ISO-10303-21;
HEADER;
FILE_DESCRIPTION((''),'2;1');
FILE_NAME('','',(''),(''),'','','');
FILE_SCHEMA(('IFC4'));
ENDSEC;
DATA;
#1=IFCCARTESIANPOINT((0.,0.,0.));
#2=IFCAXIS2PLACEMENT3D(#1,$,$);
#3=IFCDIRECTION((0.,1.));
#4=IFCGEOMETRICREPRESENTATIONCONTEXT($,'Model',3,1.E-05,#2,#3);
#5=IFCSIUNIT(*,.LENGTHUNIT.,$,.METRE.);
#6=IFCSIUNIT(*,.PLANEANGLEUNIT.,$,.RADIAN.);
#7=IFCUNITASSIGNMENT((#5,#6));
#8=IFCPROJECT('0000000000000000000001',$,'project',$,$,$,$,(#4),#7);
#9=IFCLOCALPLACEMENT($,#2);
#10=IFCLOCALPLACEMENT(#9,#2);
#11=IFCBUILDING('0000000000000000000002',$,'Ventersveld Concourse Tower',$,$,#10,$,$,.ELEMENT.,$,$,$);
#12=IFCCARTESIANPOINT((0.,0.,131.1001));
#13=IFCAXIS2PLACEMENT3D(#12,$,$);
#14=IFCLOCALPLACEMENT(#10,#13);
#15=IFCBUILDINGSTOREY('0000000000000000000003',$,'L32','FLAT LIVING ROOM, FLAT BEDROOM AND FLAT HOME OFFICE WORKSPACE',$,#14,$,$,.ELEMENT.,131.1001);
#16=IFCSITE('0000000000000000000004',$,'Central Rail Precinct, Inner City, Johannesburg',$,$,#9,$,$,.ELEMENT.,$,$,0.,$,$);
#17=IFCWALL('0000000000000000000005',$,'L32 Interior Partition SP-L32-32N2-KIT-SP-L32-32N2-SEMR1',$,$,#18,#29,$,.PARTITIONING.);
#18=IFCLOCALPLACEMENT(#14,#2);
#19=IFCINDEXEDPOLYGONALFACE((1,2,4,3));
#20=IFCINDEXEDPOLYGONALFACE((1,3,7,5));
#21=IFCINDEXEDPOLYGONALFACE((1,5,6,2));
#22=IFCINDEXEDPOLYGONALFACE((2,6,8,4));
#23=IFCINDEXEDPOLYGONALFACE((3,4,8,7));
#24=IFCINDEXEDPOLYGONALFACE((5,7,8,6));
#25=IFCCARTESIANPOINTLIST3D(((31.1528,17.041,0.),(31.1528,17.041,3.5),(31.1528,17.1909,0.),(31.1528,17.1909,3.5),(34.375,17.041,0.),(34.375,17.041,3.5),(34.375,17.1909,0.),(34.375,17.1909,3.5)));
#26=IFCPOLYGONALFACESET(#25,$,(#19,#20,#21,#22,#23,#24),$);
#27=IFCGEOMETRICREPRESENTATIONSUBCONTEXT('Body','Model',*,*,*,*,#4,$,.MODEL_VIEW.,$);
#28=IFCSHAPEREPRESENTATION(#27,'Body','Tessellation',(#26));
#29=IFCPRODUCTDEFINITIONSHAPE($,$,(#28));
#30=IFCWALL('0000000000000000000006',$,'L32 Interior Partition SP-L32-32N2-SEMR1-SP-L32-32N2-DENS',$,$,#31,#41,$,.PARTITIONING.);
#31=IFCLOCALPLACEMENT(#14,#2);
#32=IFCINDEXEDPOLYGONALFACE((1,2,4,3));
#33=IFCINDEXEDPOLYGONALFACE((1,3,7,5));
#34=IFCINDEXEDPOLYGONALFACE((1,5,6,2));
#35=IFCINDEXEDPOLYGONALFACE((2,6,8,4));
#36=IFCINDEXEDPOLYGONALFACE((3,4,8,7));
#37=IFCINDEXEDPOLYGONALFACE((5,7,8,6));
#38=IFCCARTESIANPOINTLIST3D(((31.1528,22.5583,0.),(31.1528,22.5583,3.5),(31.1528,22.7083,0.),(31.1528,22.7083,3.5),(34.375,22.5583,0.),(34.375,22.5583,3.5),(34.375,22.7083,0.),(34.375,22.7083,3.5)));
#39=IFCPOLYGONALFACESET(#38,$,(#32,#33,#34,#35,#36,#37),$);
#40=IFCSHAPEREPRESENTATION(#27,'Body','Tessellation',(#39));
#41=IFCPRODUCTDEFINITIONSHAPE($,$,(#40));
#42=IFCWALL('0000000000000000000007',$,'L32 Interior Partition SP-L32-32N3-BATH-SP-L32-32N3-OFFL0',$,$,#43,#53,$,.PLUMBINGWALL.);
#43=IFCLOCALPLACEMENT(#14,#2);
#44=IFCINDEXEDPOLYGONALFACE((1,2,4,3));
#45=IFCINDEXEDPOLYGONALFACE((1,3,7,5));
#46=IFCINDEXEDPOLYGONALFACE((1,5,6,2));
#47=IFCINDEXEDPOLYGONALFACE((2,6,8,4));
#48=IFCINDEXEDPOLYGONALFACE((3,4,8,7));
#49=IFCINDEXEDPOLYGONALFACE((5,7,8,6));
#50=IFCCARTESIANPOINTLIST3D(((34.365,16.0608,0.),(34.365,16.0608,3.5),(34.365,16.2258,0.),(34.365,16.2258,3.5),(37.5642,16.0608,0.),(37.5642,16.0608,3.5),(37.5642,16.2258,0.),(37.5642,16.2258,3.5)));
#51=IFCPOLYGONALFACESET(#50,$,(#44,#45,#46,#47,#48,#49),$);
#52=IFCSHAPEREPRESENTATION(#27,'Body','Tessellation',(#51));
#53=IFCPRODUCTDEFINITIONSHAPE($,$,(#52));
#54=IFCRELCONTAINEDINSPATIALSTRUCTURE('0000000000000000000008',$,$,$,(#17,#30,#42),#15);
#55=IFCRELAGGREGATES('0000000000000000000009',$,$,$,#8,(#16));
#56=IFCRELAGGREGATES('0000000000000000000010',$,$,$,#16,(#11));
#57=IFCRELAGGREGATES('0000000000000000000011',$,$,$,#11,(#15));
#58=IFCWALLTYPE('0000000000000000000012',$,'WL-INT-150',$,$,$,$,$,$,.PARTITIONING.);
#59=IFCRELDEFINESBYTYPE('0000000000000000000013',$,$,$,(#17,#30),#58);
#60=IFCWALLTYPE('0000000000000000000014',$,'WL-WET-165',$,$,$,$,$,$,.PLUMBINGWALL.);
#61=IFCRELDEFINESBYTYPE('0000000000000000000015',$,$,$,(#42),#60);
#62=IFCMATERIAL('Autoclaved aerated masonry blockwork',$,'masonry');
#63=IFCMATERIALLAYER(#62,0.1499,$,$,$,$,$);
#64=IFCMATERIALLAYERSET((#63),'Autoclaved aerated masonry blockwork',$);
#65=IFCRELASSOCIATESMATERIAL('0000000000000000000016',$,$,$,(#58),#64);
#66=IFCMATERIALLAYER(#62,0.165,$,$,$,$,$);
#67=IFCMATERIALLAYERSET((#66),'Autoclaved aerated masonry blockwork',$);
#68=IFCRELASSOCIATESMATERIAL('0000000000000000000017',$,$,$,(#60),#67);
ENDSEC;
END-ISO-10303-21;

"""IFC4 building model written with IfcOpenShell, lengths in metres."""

from ifc_helpers import new_model, si_unit, direction, frame, frame_2d, origin, place, context, subcontext, project, spatial, rectangle, extrude, material, layer, layer_set, type_object, element, save


model = new_model("IFC4")

# Units and contexts
model_context = context("Model", 3, precision=1e-05, world=origin(), true_north=direction((0.0, 1.0)))
body_context = subcontext(model_context, "Body", "Model", "MODEL_VIEW")
ifc_project = project(units=[si_unit("LENGTHUNIT", "METRE"), si_unit("PLANEANGLEUNIT", "RADIAN")], contexts=[model_context])

# Site, building, storey
site_placement = place(None, origin())
site = spatial("IfcSite", under=ifc_project, at=site_placement, Name="Central Rail Precinct, Inner City, Johannesburg", CompositionType="ELEMENT", RefElevation=0.0)
building_placement = place(site_placement, origin())
building = spatial("IfcBuilding", under=site, at=building_placement, Name="Ventersveld Concourse Tower", CompositionType="ELEMENT")
storey_placement = place(building_placement, frame((0.0, 0.0, 131.1001)))
storey = spatial("IfcBuildingStorey", under=building, at=storey_placement, Name="L32", Description="FLAT LIVING ROOM, FLAT BEDROOM AND FLAT HOME OFFICE WORKSPACE", CompositionType="ELEMENT", Elevation=131.1001)

# Shared definitions
ifc_material_1 = material(Name="Autoclaved aerated masonry blockwork", Category="masonry")
ifc_layer_1 = layer(ifc_material_1, 0.1499)
ifc_layer_set_1 = layer_set([ifc_layer_1], Name="Autoclaved aerated masonry blockwork")
wall_type_1 = type_object("IfcWallType", Name="WL-INT-150", PredefinedType="PARTITIONING", material=ifc_layer_set_1)

# Walls
for number, where, z_axis, x_axis, name in (
    (1, (31.1528, 17.116, 0.0), (0.0, 0.0, 1.0), (1.0, 0.0, 0.0), "L32 Interior Partition SP-L32-32N2-KIT-SP-L32-32N2-SEMR1"),
    (2, (31.1528, 22.6333, 0.0), (0.0, 0.0, 1.0), (1.0, 0.0, 0.0), "L32 Interior Partition SP-L32-32N2-SEMR1-SP-L32-32N2-DENS"),
):
    element("IfcWall", number, at=place(storey_placement, frame(where, z_axis=z_axis, x_axis=x_axis)), inside=storey, type_object=wall_type_1, Name=name, PredefinedType="PARTITIONING", context=body_context, shape_type="SweptSolid", body=[
        extrude(rectangle(XDim=3.2222, YDim=0.1499, at=frame_2d((1.6111, 0.0))), origin(), (0.0, 0.0, 1.0), 3.5),
    ])
ifc_layer_2 = layer(ifc_material_1, 0.165)
ifc_layer_set_2 = layer_set([ifc_layer_2], Name="Autoclaved aerated masonry blockwork")
wall_type_2 = type_object("IfcWallType", Name="WL-WET-165", PredefinedType="PLUMBINGWALL", material=ifc_layer_set_2)
wall_1_placement = place(storey_placement, frame((34.365, 16.1433, 0.0), z_axis=(0.0, 0.0, 1.0), x_axis=(1.0, 0.0, 0.0)))
element("IfcWall", 3, at=wall_1_placement, inside=storey, type_object=wall_type_2, Name="L32 Interior Partition SP-L32-32N3-BATH-SP-L32-32N3-OFFL0", PredefinedType="PLUMBINGWALL", context=body_context, shape_type="SweptSolid", body=[
    extrude(rectangle(XDim=3.1992, YDim=0.165, at=frame_2d((1.5996, 0.0))), origin(), (0.0, 0.0, 1.0), 3.5),
])

save(model, "model.ifc")
